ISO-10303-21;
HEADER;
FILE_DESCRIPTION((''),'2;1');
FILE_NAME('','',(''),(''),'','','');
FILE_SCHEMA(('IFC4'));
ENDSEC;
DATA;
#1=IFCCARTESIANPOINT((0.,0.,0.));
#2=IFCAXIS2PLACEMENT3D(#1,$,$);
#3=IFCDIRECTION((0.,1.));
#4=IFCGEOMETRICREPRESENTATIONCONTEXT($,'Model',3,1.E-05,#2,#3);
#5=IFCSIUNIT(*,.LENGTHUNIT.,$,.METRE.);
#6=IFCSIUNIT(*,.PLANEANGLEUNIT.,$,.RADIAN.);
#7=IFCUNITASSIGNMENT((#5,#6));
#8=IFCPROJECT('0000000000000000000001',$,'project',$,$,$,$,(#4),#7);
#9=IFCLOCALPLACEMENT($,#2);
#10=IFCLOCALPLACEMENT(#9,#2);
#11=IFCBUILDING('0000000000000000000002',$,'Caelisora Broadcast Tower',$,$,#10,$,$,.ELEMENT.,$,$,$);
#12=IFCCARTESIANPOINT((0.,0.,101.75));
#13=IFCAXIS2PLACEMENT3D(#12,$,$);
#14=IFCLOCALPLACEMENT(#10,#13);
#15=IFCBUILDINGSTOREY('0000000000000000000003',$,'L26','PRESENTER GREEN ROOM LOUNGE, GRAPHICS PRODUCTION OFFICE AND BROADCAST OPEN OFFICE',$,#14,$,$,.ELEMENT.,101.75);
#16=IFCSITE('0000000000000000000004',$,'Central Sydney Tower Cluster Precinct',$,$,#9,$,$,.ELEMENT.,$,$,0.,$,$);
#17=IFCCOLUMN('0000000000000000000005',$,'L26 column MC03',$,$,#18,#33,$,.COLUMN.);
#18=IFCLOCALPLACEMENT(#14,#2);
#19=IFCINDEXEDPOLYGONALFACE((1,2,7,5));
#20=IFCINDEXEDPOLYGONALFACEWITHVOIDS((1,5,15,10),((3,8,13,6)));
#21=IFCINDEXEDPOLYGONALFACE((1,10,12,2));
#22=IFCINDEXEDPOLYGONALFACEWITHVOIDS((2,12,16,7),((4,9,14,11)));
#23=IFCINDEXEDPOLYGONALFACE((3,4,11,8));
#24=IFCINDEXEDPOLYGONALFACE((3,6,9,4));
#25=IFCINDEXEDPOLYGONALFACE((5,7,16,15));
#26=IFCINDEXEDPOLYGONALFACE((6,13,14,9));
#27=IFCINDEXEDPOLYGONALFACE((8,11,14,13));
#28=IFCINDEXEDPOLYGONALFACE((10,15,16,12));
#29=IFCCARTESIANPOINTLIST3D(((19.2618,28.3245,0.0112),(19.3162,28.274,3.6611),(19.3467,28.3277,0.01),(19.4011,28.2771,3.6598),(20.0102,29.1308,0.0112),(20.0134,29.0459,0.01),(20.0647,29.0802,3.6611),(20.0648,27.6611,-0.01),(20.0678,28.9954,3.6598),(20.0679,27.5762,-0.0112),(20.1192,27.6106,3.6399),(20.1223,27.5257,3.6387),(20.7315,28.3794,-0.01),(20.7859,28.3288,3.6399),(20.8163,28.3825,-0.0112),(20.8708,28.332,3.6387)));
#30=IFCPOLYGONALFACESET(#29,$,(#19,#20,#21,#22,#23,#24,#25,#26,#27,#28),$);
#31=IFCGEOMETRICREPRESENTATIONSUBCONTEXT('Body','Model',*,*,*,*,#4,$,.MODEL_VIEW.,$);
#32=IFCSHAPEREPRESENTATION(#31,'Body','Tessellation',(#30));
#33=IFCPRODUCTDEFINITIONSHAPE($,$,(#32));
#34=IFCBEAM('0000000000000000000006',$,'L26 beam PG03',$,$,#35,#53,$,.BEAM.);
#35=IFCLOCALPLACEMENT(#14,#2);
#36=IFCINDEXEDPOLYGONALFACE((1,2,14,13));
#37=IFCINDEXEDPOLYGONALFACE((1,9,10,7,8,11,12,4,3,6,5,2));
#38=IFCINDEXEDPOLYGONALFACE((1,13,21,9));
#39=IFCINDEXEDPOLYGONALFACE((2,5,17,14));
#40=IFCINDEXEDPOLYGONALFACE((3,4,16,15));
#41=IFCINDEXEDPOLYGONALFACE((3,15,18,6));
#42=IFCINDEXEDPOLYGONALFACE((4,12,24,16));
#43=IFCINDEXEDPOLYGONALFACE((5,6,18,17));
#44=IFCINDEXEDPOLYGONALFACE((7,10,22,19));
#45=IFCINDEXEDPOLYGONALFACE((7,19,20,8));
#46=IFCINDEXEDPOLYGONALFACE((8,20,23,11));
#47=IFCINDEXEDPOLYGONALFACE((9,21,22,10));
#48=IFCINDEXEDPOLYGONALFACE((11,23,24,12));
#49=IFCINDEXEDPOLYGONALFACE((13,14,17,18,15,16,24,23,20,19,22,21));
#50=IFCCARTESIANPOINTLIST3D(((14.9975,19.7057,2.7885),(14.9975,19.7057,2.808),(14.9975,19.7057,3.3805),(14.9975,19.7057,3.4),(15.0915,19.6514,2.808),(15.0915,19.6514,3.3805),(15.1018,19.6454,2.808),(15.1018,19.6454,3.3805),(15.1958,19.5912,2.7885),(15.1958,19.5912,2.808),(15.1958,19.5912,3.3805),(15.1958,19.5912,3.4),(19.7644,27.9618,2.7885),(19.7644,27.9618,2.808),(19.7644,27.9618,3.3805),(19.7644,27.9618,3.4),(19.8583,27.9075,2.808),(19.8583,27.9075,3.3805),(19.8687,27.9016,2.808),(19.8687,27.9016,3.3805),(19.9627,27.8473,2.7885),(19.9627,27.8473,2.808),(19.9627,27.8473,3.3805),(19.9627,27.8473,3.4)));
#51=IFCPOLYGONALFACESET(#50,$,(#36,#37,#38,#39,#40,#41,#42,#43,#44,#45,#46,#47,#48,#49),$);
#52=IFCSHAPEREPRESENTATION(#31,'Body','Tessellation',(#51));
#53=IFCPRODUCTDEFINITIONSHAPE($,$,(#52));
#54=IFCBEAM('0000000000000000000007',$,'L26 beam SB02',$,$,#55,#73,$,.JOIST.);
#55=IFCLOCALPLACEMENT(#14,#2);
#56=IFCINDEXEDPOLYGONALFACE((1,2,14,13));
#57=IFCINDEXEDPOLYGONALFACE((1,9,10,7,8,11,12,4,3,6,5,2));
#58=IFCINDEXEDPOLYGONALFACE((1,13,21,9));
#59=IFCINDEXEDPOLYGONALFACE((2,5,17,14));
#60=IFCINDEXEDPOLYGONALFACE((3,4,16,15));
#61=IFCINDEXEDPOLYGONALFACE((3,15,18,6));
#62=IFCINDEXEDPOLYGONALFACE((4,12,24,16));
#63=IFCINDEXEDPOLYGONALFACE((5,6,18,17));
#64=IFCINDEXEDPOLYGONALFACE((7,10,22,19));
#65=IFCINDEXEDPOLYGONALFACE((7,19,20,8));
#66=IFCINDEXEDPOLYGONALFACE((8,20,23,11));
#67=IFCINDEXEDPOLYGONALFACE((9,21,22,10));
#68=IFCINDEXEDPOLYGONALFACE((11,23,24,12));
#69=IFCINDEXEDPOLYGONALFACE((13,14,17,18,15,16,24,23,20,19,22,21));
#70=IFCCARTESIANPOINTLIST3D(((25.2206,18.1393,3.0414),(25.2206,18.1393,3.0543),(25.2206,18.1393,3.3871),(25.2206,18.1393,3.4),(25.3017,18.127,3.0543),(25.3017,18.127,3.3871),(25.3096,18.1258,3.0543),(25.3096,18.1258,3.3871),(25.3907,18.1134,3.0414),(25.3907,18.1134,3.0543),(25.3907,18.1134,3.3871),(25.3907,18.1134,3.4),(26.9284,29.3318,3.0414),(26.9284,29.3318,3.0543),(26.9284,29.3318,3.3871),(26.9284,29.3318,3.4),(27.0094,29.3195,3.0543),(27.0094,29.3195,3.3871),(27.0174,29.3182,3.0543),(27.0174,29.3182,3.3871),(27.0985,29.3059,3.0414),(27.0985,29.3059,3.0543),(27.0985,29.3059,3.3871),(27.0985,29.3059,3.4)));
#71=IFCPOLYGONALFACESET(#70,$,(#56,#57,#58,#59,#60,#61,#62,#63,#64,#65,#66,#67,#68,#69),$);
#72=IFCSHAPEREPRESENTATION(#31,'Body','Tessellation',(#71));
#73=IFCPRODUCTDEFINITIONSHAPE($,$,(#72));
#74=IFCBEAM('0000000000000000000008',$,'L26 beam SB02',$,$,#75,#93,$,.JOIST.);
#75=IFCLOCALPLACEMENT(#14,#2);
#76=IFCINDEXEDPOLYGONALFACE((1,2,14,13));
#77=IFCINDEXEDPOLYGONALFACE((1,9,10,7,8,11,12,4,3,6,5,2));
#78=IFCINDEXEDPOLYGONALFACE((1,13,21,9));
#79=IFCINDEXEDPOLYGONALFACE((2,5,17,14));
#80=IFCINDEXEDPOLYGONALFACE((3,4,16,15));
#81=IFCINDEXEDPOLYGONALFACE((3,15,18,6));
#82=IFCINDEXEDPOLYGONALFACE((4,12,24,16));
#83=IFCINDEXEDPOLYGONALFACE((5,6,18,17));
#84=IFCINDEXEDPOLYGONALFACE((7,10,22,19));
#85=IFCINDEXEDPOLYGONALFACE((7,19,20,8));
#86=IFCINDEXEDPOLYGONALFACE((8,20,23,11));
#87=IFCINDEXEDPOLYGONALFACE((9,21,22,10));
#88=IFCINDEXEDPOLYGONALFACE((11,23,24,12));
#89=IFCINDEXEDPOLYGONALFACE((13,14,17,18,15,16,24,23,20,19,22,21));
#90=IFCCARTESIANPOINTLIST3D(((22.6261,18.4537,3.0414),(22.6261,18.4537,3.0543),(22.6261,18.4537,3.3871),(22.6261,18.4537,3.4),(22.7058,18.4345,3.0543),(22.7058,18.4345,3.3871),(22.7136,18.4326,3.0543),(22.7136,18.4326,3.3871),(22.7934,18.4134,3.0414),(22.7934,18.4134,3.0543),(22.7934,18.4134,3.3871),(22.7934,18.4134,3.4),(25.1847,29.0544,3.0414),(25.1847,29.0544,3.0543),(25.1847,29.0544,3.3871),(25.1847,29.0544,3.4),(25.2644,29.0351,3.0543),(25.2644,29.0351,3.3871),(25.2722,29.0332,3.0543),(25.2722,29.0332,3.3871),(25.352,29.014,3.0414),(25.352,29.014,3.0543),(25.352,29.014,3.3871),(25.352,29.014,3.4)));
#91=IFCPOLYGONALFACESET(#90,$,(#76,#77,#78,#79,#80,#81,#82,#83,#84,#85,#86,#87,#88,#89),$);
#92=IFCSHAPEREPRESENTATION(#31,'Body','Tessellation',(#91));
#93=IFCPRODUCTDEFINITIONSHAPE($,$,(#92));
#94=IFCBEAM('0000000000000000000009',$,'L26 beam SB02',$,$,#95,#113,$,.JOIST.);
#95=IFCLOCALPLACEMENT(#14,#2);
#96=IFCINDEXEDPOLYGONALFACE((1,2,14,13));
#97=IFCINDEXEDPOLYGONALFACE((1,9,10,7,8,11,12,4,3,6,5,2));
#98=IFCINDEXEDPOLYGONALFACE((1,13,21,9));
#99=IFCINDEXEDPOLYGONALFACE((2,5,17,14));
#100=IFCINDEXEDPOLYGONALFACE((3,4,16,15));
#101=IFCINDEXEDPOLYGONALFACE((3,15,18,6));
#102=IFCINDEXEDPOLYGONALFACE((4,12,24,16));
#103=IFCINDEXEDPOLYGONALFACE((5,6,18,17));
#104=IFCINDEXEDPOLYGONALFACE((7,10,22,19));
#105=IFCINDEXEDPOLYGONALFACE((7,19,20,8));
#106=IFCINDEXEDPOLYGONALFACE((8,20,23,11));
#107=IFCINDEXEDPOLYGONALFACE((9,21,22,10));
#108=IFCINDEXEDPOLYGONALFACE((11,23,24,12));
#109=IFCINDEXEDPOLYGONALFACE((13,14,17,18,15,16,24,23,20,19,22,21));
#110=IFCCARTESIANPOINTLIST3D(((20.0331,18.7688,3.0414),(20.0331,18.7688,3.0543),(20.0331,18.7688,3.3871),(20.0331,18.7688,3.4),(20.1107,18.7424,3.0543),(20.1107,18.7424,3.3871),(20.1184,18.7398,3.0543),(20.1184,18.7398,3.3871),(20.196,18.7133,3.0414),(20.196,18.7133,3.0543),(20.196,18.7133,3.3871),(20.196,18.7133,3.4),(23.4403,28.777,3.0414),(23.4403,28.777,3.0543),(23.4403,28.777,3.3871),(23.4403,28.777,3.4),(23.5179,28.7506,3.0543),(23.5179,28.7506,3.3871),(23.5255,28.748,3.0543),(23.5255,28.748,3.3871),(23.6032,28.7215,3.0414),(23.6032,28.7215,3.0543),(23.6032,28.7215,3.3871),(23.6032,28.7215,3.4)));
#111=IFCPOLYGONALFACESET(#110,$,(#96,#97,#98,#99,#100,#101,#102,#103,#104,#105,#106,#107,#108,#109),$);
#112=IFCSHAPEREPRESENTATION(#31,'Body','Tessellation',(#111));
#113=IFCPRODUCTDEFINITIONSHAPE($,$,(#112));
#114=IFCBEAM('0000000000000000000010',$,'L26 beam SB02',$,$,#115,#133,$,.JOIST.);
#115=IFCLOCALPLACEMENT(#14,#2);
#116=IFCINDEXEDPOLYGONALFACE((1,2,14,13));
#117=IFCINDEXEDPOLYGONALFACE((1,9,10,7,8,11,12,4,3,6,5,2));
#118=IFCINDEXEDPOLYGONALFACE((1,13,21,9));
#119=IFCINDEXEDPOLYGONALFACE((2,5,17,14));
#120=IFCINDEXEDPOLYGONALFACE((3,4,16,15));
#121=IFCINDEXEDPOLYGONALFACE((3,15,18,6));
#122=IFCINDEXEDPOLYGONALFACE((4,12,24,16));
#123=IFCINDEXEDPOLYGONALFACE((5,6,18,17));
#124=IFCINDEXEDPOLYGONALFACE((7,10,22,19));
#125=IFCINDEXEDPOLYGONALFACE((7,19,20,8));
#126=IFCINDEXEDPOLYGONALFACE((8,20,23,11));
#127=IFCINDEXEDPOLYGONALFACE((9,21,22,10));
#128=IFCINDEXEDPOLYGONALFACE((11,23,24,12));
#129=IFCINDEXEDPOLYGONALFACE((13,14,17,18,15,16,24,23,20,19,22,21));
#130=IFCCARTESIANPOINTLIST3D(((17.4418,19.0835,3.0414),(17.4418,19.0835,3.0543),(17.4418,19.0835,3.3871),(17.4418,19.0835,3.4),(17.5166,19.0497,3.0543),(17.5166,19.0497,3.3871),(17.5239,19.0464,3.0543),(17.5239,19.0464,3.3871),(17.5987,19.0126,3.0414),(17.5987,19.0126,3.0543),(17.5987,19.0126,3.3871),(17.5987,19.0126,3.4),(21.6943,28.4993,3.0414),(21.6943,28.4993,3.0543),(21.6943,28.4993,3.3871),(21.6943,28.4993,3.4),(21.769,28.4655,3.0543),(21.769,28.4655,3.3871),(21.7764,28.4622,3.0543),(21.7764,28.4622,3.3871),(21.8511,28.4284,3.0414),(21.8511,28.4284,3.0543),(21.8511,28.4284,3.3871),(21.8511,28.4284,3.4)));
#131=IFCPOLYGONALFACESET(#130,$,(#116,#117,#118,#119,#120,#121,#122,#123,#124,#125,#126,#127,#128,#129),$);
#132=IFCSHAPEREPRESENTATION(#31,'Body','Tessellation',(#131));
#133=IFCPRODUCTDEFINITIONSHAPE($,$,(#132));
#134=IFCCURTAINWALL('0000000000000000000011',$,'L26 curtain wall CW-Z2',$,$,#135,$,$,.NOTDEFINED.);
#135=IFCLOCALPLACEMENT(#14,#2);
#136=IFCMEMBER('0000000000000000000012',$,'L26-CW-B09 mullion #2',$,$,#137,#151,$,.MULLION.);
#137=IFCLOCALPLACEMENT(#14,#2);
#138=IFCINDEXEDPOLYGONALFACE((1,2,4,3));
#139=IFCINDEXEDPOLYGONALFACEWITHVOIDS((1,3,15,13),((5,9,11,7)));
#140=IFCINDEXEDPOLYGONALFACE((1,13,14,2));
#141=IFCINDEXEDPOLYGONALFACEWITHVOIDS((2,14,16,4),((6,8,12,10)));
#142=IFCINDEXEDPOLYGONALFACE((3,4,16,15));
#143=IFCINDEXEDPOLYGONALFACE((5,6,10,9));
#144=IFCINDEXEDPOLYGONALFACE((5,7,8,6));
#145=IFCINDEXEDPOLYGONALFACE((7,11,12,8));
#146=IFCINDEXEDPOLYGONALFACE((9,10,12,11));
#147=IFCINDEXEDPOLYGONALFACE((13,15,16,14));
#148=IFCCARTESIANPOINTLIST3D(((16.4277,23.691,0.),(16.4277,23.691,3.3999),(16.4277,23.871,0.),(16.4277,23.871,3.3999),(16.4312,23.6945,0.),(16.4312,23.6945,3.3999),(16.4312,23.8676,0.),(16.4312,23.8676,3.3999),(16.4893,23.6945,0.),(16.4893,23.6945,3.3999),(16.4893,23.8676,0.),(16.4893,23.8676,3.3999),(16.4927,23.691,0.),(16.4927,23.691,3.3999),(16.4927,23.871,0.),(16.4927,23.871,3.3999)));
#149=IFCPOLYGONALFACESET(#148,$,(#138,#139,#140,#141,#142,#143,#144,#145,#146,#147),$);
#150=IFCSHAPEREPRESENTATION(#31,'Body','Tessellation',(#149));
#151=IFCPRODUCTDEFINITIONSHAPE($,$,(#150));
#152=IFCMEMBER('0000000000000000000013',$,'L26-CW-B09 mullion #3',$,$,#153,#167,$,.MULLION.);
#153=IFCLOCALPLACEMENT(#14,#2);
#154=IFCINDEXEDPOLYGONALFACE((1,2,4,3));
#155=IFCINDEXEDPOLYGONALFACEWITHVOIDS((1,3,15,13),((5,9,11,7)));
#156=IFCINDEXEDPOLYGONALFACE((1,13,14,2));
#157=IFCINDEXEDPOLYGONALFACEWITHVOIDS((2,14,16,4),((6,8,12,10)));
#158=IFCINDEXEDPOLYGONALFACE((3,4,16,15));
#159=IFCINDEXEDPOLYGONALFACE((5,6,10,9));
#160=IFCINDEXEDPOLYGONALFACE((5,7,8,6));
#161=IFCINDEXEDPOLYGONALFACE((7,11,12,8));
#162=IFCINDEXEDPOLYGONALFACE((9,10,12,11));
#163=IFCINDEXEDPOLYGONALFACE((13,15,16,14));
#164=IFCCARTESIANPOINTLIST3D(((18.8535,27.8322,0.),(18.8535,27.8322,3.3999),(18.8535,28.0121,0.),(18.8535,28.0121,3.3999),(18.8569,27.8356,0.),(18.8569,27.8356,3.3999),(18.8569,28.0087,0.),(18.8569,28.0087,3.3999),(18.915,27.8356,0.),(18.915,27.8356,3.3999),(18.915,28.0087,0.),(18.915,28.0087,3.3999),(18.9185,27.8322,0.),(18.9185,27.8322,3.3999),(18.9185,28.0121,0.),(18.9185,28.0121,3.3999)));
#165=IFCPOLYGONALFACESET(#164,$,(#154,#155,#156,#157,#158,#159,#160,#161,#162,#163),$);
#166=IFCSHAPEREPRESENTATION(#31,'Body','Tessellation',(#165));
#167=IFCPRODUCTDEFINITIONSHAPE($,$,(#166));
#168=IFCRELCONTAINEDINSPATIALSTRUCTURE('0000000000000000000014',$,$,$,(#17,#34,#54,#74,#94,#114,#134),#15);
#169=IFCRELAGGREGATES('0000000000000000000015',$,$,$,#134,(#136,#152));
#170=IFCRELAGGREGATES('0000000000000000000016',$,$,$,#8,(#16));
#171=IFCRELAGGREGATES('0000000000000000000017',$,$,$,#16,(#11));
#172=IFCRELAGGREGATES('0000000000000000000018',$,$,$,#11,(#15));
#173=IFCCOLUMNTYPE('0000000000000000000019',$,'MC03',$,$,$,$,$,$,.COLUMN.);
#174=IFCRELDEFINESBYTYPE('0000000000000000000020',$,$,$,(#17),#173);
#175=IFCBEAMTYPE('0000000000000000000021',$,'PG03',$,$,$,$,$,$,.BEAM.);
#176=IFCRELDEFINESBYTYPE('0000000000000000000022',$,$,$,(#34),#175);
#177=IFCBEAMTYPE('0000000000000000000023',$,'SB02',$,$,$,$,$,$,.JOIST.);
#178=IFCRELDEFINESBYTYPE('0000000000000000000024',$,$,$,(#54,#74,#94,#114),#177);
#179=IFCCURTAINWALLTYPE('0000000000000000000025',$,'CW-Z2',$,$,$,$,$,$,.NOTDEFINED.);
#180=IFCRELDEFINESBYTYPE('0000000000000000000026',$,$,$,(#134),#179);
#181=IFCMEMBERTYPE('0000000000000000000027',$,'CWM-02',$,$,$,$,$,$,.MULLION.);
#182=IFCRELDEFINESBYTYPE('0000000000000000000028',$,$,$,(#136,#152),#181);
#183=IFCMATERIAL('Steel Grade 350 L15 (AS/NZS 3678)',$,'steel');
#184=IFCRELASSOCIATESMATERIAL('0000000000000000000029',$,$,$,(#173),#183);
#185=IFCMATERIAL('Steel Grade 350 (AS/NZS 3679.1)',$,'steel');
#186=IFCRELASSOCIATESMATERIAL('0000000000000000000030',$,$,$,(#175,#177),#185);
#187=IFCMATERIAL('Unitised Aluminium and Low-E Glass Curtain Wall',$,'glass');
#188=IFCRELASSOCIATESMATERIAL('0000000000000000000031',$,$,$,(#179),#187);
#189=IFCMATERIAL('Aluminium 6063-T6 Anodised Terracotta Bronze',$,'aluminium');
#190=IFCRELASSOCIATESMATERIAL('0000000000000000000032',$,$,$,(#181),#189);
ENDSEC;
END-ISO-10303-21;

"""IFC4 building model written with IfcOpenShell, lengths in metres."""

from ifc_helpers import new_model, si_unit, direction, frame, origin, origin_2d, place, context, subcontext, project, spatial, hollow_rectangle, i_section, extrude, source, transform, mapped, material, material_profile, profile_set, type_object, type_shapes, element, aggregate, save


model = new_model("IFC4")

# Units and contexts
model_context = context("Model", 3, precision=1e-05, world=origin(), true_north=direction((0.0, 1.0)))
body_context = subcontext(model_context, "Body", "Model", "MODEL_VIEW")
ifc_project = project(units=[si_unit("LENGTHUNIT", "METRE"), si_unit("PLANEANGLEUNIT", "RADIAN")], contexts=[model_context])

# Site, building, storey
site_placement = place(None, origin())
site = spatial("IfcSite", under=ifc_project, at=site_placement, Name="Central Sydney Tower Cluster Precinct", CompositionType="ELEMENT", RefElevation=0.0)
building_placement = place(site_placement, origin())
building = spatial("IfcBuilding", under=site, at=building_placement, Name="Caelisora Broadcast Tower", CompositionType="ELEMENT")
storey_placement = place(building_placement, frame((0.0, 0.0, 101.75)))
storey = spatial("IfcBuildingStorey", under=building, at=storey_placement, Name="L26", Description="PRESENTER GREEN ROOM LOUNGE, GRAPHICS PRODUCTION OFFICE AND BROADCAST OPEN OFFICE", CompositionType="ELEMENT", Elevation=101.75)

# Column
ifc_material_1 = material(Name="Steel Grade 350 L15 (AS/NZS 3678)", Category="steel")
ifc_material_profile_1 = material_profile(ifc_material_1, hollow_rectangle(XDim=1.1001, YDim=1.1001, WallThickness=0.0601, at=origin_2d()), Name="Steel Grade 350 L15 (AS/NZS 3678)")
ifc_profile_set_1 = profile_set([ifc_material_profile_1], Name="Steel Grade 350 L15 (AS/NZS 3678)")
column_type = type_object("IfcColumnType", Name="MC03", PredefinedType="COLUMN", material=ifc_profile_set_1)
shared_shape_1 = source(origin(), body_context, "Body", "SweptSolid", [
    extrude(hollow_rectangle(XDim=1.1001, YDim=1.1001, WallThickness=0.0601, at=origin_2d()), origin(), (0.0, 0.0, 1.0), 3.6506),
])
type_shapes(column_type, [shared_shape_1])
column_placement = place(storey_placement, frame((20.0391, 28.3535, 0.0), z_axis=(0.014913, -0.013843, 0.999793), x_axis=(0.680325, 0.732911, 0.0)))
element("IfcColumn", 1, at=column_placement, inside=storey, type_object=column_type, Name="L26 column MC03", PredefinedType="COLUMN", context=body_context, shape_type="MappedRepresentation", body=[
    mapped(shared_shape_1, transform((0.0, 0.0, 0.0), scale=1.0)),
])

# Beams
ifc_material_2 = material(Name="Steel Grade 350 (AS/NZS 3679.1)", Category="steel")
ifc_material_profile_2 = material_profile(ifc_material_2, i_section(OverallWidth=0.229, OverallDepth=0.6116, WebThickness=0.012, FlangeThickness=0.0195, at=origin_2d()), Name="Steel Grade 350 (AS/NZS 3679.1)")
ifc_profile_set_2 = profile_set([ifc_material_profile_2], Name="Steel Grade 350 (AS/NZS 3679.1)")
beam_type_1 = type_object("IfcBeamType", Name="PG03", PredefinedType="BEAM", material=ifc_profile_set_2)
shared_shape_2 = source(origin(), body_context, "Body", "SweptSolid", [
    extrude(i_section(OverallWidth=0.229, OverallDepth=0.6116, WebThickness=0.012, FlangeThickness=0.0195, at=origin_2d()), origin(), (0.0, 0.0, 1.0), 9.5334),
])
type_shapes(beam_type_1, [shared_shape_2])
beam_1_placement = place(storey_placement, frame((19.8635, 27.9045, 3.0942), z_axis=(-0.500014, -0.866017, 0.0), x_axis=(0.866017, -0.500014, 0.0)))
element("IfcBeam", 2, at=beam_1_placement, inside=storey, type_object=beam_type_1, Name="L26 beam PG03", PredefinedType="BEAM", context=body_context, shape_type="MappedRepresentation", body=[
    mapped(shared_shape_2, transform((0.0, 0.0, 0.0), scale=1.0)),
])
ifc_material_profile_3 = material_profile(ifc_material_2, i_section(OverallWidth=0.1721, OverallDepth=0.3586, WebThickness=0.0081, FlangeThickness=0.0129, at=origin_2d()), Name="Steel Grade 350 (AS/NZS 3679.1)")
ifc_profile_set_3 = profile_set([ifc_material_profile_3], Name="Steel Grade 350 (AS/NZS 3679.1)")
beam_type_2 = type_object("IfcBeamType", Name="SB02", PredefinedType="JOIST", material=ifc_profile_set_3)
shared_shape_3 = source(origin(), body_context, "Body", "SweptSolid", [
    extrude(i_section(OverallWidth=0.1721, OverallDepth=0.3586, WebThickness=0.0081, FlangeThickness=0.0129, at=origin_2d()), origin(), (0.0, 0.0, 1.0), 11.322),
])
beam_2_placement = place(storey_placement, frame((27.0134, 29.3188, 3.2207), z_axis=(-0.150837, -0.988559, 0.0), x_axis=(0.988559, -0.150837, 0.0)))
element("IfcBeam", 3, at=beam_2_placement, inside=storey, type_object=beam_type_2, Name="L26 beam SB02", PredefinedType="JOIST", context=body_context, shape_type="MappedRepresentation", body=[
    mapped(shared_shape_3, transform((0.0, 0.0, 0.0), scale=1.0)),
])
shared_shape_4 = source(origin(), body_context, "Body", "SweptSolid", [
    extrude(i_section(OverallWidth=0.1721, OverallDepth=0.3586, WebThickness=0.0081, FlangeThickness=0.0129, at=origin_2d()), origin(), (0.0, 0.0, 1.0), 10.905),
])
beam_3_placement = place(storey_placement, frame((25.2683, 29.0342, 3.2207), z_axis=(-0.234626, -0.972086, 0.0), x_axis=(0.972086, -0.234626, 0.0)))
element("IfcBeam", 4, at=beam_3_placement, inside=storey, type_object=beam_type_2, Name="L26 beam SB02", PredefinedType="JOIST", context=body_context, shape_type="MappedRepresentation", body=[
    mapped(shared_shape_4, transform((0.0, 0.0, 0.0), scale=1.0)),
])
shared_shape_5 = source(origin(), body_context, "Body", "SweptSolid", [
    extrude(i_section(OverallWidth=0.1721, OverallDepth=0.3586, WebThickness=0.0081, FlangeThickness=0.0129, at=origin_2d()), origin(), (0.0, 0.0, 1.0), 10.5723),
])
beam_4_placement = place(storey_placement, frame((23.5217, 28.7493, 3.2207), z_axis=(-0.322276, -0.946646, 0.0), x_axis=(0.946646, -0.322276, 0.0)))
element("IfcBeam", 5, at=beam_4_placement, inside=storey, type_object=beam_type_2, Name="L26 beam SB02", PredefinedType="JOIST", context=body_context, shape_type="MappedRepresentation", body=[
    mapped(shared_shape_5, transform((0.0, 0.0, 0.0), scale=1.0)),
])
shared_shape_6 = source(origin(), body_context, "Body", "SweptSolid", [
    extrude(i_section(OverallWidth=0.1721, OverallDepth=0.3586, WebThickness=0.0081, FlangeThickness=0.0129, at=origin_2d()), origin(), (0.0, 0.0, 1.0), 10.3315),
])
type_shapes(beam_type_2, [shared_shape_3, shared_shape_4, shared_shape_5, shared_shape_6])
beam_5_placement = place(storey_placement, frame((21.7727, 28.4639, 3.2207), z_axis=(-0.411599, -0.911365, 0.0), x_axis=(0.911365, -0.411599, 0.0)))
element("IfcBeam", 6, at=beam_5_placement, inside=storey, type_object=beam_type_2, Name="L26 beam SB02", PredefinedType="JOIST", context=body_context, shape_type="MappedRepresentation", body=[
    mapped(shared_shape_6, transform((0.0, 0.0, 0.0), scale=1.0)),
])

# Curtain wall, members
ifc_material_3 = material(Name="Unitised Aluminium and Low-E Glass Curtain Wall", Category="glass")
curtain_wall_type_1 = type_object("IfcCurtainWallType", Name="CW-Z2", PredefinedType="NOTDEFINED", material=ifc_material_3)
curtain_wall_1_placement = place(storey_placement, origin())
curtain_wall_1 = element("IfcCurtainWall", 7, at=curtain_wall_1_placement, inside=storey, type_object=curtain_wall_type_1, Name="L26 curtain wall CW-Z2", PredefinedType="NOTDEFINED")
ifc_material_4 = material(Name="Aluminium 6063-T6 Anodised Terracotta Bronze", Category="aluminium")
ifc_material_profile_4 = material_profile(ifc_material_4, hollow_rectangle(XDim=0.0649, YDim=0.1799, WallThickness=0.0034, at=origin_2d()), Name="Aluminium 6063-T6 Anodised Terracotta Bronze")
ifc_profile_set_4 = profile_set([ifc_material_profile_4], Name="Aluminium 6063-T6 Anodised Terracotta Bronze")
member_type_1 = type_object("IfcMemberType", Name="CWM-02", PredefinedType="MULLION", material=ifc_profile_set_4)
shared_shape_7 = source(origin(), body_context, "Body", "SweptSolid", [
    extrude(hollow_rectangle(XDim=0.0649, YDim=0.1799, WallThickness=0.0034, at=origin_2d()), origin(), (0.0, 0.0, 1.0), 3.3999),
])
type_shapes(member_type_1, [shared_shape_7])
member_1_placement = place(storey_placement, frame((16.4602, 23.781, 0.0), z_axis=(0.0, 0.0, 1.0), x_axis=(1.0, 0.0, 0.0)))
member_1 = element("IfcMember", 8, at=member_1_placement, type_object=member_type_1, Name="L26-CW-B09 mullion #2", PredefinedType="MULLION", context=body_context, shape_type="MappedRepresentation", body=[
    mapped(shared_shape_7, transform((0.0, 0.0, 0.0), scale=1.0)),
])
member_2_placement = place(storey_placement, frame((18.886, 27.9221, 0.0), z_axis=(0.0, 0.0, 1.0), x_axis=(1.0, 0.0, 0.0)))
member_2 = element("IfcMember", 9, at=member_2_placement, type_object=member_type_1, Name="L26-CW-B09 mullion #3", PredefinedType="MULLION", context=body_context, shape_type="MappedRepresentation", body=[
    mapped(shared_shape_7, transform((0.0, 0.0, 0.0), scale=1.0)),
])

aggregate(curtain_wall_1, [member_1, member_2])

save(model, "model.ifc")
